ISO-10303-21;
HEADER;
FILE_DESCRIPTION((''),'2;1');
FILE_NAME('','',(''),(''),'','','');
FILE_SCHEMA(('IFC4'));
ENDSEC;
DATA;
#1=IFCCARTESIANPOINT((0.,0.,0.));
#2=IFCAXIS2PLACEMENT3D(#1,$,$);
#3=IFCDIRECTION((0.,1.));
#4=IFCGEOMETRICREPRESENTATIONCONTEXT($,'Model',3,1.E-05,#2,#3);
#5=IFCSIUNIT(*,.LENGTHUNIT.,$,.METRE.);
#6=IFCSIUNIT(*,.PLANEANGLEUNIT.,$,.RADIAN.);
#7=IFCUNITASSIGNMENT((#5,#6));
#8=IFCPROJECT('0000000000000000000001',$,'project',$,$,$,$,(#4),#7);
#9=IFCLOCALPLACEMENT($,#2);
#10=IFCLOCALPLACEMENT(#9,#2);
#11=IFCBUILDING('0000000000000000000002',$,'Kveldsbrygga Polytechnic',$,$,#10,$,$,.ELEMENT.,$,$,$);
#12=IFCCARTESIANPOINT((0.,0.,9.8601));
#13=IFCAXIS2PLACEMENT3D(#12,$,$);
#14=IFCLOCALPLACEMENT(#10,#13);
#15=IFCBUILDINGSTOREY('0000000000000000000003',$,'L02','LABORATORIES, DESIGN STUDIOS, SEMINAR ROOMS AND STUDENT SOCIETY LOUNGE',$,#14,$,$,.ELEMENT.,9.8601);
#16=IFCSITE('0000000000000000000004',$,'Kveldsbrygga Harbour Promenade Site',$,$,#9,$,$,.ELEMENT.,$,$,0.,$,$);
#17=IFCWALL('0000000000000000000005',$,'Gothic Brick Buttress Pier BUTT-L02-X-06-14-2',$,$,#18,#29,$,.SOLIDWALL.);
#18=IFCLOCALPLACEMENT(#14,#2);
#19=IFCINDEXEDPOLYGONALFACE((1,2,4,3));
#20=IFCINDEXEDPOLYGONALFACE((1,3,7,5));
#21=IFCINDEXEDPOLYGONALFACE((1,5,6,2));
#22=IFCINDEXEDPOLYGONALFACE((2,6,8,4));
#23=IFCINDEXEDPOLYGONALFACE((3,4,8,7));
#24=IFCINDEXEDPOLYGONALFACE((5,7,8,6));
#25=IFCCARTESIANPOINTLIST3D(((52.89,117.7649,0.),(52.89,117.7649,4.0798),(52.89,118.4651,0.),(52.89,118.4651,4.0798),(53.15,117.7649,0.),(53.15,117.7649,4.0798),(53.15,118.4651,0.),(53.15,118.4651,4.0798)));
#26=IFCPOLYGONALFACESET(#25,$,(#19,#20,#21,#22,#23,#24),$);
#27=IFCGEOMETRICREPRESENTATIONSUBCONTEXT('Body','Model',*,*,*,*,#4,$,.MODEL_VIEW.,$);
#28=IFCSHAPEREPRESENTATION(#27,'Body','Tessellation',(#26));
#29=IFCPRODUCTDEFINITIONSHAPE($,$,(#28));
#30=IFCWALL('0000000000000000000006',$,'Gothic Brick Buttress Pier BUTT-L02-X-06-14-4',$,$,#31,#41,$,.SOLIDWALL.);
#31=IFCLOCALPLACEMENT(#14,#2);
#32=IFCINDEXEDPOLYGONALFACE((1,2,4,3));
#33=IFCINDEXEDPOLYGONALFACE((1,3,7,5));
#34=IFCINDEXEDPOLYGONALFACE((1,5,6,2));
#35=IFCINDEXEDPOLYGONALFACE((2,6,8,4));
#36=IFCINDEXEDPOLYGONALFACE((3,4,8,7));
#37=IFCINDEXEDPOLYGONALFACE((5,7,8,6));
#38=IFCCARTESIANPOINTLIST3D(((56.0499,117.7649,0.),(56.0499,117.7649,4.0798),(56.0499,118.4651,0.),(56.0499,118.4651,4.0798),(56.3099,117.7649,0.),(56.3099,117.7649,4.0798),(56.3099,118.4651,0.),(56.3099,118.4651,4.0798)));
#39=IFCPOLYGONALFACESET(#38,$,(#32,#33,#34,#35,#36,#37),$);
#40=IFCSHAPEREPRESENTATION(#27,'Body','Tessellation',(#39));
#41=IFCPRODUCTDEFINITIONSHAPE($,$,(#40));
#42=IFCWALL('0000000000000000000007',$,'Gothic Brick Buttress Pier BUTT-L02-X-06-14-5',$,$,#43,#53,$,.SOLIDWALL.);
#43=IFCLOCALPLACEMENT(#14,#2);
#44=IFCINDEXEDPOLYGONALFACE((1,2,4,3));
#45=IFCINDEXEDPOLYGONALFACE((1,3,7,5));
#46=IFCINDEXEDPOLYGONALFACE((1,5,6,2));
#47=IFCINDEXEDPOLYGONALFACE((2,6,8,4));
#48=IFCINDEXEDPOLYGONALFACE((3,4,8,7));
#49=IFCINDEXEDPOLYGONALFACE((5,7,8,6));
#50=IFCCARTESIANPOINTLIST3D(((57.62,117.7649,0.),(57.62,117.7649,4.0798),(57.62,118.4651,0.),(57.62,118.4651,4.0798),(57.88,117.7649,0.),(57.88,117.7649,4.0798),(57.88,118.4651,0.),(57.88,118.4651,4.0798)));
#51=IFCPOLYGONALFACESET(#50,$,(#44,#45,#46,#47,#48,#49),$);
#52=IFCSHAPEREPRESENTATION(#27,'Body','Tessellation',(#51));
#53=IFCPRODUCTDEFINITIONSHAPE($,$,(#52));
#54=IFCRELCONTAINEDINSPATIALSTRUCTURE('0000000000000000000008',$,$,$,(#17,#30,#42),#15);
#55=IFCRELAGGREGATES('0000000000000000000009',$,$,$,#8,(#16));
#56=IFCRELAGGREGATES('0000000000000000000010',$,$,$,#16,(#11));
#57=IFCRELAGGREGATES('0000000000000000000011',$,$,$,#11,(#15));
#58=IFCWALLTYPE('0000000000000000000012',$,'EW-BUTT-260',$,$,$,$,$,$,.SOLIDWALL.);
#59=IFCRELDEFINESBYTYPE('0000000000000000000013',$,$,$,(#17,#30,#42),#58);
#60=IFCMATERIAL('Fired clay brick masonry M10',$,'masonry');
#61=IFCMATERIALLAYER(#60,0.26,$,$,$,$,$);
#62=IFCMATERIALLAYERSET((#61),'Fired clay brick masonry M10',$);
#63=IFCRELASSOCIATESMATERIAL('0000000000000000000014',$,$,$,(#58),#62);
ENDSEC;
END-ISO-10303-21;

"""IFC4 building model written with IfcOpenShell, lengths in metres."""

from ifc_helpers import new_model, si_unit, direction, frame, frame_2d, origin, place, context, subcontext, project, spatial, rectangle, extrude, material, layer, layer_set, type_object, element, save


model = new_model("IFC4")

# Units and contexts
model_context = context("Model", 3, precision=1e-05, world=origin(), true_north=direction((0.0, 1.0)))
body_context = subcontext(model_context, "Body", "Model", "MODEL_VIEW")
ifc_project = project(units=[si_unit("LENGTHUNIT", "METRE"), si_unit("PLANEANGLEUNIT", "RADIAN")], contexts=[model_context])

# Site, building, storey
site_placement = place(None, origin())
site = spatial("IfcSite", under=ifc_project, at=site_placement, Name="Kveldsbrygga Harbour Promenade Site", CompositionType="ELEMENT", RefElevation=0.0)
building_placement = place(site_placement, origin())
building = spatial("IfcBuilding", under=site, at=building_placement, Name="Kveldsbrygga Polytechnic", CompositionType="ELEMENT")
storey_placement = place(building_placement, frame((0.0, 0.0, 9.8601)))
storey = spatial("IfcBuildingStorey", under=building, at=storey_placement, Name="L02", Description="LABORATORIES, DESIGN STUDIOS, SEMINAR ROOMS AND STUDENT SOCIETY LOUNGE", CompositionType="ELEMENT", Elevation=9.8601)

# Walls
ifc_material_1 = material(Name="Fired clay brick masonry M10", Category="masonry")
ifc_layer_1 = layer(ifc_material_1, 0.26)
ifc_layer_set_1 = layer_set([ifc_layer_1], Name="Fired clay brick masonry M10")
wall_type_1 = type_object("IfcWallType", Name="EW-BUTT-260", PredefinedType="SOLIDWALL", material=ifc_layer_set_1)
for number, where, z_axis, x_axis, name in (
    (1, (53.02, 117.7649, 0.0), (0.0, 0.0, 1.0), (0.0, 1.0, 0.0), "Gothic Brick Buttress Pier BUTT-L02-X-06-14-2"),
    (2, (56.1799, 117.7649, 0.0), (0.0, 0.0, 1.0), (0.0, 1.0, 0.0), "Gothic Brick Buttress Pier BUTT-L02-X-06-14-4"),
    (3, (57.75, 117.7649, 0.0), (0.0, 0.0, 1.0), (0.0, 1.0, 0.0), "Gothic Brick Buttress Pier BUTT-L02-X-06-14-5"),
):
    element("IfcWall", number, at=place(storey_placement, frame(where, z_axis=z_axis, x_axis=x_axis)), inside=storey, type_object=wall_type_1, Name=name, PredefinedType="SOLIDWALL", context=body_context, shape_type="SweptSolid", body=[
        extrude(rectangle(XDim=0.7002, YDim=0.26, at=frame_2d((0.3501, 0.0))), origin(), (0.0, 0.0, 1.0), 4.0798),
    ])

save(model, "model.ifc")
